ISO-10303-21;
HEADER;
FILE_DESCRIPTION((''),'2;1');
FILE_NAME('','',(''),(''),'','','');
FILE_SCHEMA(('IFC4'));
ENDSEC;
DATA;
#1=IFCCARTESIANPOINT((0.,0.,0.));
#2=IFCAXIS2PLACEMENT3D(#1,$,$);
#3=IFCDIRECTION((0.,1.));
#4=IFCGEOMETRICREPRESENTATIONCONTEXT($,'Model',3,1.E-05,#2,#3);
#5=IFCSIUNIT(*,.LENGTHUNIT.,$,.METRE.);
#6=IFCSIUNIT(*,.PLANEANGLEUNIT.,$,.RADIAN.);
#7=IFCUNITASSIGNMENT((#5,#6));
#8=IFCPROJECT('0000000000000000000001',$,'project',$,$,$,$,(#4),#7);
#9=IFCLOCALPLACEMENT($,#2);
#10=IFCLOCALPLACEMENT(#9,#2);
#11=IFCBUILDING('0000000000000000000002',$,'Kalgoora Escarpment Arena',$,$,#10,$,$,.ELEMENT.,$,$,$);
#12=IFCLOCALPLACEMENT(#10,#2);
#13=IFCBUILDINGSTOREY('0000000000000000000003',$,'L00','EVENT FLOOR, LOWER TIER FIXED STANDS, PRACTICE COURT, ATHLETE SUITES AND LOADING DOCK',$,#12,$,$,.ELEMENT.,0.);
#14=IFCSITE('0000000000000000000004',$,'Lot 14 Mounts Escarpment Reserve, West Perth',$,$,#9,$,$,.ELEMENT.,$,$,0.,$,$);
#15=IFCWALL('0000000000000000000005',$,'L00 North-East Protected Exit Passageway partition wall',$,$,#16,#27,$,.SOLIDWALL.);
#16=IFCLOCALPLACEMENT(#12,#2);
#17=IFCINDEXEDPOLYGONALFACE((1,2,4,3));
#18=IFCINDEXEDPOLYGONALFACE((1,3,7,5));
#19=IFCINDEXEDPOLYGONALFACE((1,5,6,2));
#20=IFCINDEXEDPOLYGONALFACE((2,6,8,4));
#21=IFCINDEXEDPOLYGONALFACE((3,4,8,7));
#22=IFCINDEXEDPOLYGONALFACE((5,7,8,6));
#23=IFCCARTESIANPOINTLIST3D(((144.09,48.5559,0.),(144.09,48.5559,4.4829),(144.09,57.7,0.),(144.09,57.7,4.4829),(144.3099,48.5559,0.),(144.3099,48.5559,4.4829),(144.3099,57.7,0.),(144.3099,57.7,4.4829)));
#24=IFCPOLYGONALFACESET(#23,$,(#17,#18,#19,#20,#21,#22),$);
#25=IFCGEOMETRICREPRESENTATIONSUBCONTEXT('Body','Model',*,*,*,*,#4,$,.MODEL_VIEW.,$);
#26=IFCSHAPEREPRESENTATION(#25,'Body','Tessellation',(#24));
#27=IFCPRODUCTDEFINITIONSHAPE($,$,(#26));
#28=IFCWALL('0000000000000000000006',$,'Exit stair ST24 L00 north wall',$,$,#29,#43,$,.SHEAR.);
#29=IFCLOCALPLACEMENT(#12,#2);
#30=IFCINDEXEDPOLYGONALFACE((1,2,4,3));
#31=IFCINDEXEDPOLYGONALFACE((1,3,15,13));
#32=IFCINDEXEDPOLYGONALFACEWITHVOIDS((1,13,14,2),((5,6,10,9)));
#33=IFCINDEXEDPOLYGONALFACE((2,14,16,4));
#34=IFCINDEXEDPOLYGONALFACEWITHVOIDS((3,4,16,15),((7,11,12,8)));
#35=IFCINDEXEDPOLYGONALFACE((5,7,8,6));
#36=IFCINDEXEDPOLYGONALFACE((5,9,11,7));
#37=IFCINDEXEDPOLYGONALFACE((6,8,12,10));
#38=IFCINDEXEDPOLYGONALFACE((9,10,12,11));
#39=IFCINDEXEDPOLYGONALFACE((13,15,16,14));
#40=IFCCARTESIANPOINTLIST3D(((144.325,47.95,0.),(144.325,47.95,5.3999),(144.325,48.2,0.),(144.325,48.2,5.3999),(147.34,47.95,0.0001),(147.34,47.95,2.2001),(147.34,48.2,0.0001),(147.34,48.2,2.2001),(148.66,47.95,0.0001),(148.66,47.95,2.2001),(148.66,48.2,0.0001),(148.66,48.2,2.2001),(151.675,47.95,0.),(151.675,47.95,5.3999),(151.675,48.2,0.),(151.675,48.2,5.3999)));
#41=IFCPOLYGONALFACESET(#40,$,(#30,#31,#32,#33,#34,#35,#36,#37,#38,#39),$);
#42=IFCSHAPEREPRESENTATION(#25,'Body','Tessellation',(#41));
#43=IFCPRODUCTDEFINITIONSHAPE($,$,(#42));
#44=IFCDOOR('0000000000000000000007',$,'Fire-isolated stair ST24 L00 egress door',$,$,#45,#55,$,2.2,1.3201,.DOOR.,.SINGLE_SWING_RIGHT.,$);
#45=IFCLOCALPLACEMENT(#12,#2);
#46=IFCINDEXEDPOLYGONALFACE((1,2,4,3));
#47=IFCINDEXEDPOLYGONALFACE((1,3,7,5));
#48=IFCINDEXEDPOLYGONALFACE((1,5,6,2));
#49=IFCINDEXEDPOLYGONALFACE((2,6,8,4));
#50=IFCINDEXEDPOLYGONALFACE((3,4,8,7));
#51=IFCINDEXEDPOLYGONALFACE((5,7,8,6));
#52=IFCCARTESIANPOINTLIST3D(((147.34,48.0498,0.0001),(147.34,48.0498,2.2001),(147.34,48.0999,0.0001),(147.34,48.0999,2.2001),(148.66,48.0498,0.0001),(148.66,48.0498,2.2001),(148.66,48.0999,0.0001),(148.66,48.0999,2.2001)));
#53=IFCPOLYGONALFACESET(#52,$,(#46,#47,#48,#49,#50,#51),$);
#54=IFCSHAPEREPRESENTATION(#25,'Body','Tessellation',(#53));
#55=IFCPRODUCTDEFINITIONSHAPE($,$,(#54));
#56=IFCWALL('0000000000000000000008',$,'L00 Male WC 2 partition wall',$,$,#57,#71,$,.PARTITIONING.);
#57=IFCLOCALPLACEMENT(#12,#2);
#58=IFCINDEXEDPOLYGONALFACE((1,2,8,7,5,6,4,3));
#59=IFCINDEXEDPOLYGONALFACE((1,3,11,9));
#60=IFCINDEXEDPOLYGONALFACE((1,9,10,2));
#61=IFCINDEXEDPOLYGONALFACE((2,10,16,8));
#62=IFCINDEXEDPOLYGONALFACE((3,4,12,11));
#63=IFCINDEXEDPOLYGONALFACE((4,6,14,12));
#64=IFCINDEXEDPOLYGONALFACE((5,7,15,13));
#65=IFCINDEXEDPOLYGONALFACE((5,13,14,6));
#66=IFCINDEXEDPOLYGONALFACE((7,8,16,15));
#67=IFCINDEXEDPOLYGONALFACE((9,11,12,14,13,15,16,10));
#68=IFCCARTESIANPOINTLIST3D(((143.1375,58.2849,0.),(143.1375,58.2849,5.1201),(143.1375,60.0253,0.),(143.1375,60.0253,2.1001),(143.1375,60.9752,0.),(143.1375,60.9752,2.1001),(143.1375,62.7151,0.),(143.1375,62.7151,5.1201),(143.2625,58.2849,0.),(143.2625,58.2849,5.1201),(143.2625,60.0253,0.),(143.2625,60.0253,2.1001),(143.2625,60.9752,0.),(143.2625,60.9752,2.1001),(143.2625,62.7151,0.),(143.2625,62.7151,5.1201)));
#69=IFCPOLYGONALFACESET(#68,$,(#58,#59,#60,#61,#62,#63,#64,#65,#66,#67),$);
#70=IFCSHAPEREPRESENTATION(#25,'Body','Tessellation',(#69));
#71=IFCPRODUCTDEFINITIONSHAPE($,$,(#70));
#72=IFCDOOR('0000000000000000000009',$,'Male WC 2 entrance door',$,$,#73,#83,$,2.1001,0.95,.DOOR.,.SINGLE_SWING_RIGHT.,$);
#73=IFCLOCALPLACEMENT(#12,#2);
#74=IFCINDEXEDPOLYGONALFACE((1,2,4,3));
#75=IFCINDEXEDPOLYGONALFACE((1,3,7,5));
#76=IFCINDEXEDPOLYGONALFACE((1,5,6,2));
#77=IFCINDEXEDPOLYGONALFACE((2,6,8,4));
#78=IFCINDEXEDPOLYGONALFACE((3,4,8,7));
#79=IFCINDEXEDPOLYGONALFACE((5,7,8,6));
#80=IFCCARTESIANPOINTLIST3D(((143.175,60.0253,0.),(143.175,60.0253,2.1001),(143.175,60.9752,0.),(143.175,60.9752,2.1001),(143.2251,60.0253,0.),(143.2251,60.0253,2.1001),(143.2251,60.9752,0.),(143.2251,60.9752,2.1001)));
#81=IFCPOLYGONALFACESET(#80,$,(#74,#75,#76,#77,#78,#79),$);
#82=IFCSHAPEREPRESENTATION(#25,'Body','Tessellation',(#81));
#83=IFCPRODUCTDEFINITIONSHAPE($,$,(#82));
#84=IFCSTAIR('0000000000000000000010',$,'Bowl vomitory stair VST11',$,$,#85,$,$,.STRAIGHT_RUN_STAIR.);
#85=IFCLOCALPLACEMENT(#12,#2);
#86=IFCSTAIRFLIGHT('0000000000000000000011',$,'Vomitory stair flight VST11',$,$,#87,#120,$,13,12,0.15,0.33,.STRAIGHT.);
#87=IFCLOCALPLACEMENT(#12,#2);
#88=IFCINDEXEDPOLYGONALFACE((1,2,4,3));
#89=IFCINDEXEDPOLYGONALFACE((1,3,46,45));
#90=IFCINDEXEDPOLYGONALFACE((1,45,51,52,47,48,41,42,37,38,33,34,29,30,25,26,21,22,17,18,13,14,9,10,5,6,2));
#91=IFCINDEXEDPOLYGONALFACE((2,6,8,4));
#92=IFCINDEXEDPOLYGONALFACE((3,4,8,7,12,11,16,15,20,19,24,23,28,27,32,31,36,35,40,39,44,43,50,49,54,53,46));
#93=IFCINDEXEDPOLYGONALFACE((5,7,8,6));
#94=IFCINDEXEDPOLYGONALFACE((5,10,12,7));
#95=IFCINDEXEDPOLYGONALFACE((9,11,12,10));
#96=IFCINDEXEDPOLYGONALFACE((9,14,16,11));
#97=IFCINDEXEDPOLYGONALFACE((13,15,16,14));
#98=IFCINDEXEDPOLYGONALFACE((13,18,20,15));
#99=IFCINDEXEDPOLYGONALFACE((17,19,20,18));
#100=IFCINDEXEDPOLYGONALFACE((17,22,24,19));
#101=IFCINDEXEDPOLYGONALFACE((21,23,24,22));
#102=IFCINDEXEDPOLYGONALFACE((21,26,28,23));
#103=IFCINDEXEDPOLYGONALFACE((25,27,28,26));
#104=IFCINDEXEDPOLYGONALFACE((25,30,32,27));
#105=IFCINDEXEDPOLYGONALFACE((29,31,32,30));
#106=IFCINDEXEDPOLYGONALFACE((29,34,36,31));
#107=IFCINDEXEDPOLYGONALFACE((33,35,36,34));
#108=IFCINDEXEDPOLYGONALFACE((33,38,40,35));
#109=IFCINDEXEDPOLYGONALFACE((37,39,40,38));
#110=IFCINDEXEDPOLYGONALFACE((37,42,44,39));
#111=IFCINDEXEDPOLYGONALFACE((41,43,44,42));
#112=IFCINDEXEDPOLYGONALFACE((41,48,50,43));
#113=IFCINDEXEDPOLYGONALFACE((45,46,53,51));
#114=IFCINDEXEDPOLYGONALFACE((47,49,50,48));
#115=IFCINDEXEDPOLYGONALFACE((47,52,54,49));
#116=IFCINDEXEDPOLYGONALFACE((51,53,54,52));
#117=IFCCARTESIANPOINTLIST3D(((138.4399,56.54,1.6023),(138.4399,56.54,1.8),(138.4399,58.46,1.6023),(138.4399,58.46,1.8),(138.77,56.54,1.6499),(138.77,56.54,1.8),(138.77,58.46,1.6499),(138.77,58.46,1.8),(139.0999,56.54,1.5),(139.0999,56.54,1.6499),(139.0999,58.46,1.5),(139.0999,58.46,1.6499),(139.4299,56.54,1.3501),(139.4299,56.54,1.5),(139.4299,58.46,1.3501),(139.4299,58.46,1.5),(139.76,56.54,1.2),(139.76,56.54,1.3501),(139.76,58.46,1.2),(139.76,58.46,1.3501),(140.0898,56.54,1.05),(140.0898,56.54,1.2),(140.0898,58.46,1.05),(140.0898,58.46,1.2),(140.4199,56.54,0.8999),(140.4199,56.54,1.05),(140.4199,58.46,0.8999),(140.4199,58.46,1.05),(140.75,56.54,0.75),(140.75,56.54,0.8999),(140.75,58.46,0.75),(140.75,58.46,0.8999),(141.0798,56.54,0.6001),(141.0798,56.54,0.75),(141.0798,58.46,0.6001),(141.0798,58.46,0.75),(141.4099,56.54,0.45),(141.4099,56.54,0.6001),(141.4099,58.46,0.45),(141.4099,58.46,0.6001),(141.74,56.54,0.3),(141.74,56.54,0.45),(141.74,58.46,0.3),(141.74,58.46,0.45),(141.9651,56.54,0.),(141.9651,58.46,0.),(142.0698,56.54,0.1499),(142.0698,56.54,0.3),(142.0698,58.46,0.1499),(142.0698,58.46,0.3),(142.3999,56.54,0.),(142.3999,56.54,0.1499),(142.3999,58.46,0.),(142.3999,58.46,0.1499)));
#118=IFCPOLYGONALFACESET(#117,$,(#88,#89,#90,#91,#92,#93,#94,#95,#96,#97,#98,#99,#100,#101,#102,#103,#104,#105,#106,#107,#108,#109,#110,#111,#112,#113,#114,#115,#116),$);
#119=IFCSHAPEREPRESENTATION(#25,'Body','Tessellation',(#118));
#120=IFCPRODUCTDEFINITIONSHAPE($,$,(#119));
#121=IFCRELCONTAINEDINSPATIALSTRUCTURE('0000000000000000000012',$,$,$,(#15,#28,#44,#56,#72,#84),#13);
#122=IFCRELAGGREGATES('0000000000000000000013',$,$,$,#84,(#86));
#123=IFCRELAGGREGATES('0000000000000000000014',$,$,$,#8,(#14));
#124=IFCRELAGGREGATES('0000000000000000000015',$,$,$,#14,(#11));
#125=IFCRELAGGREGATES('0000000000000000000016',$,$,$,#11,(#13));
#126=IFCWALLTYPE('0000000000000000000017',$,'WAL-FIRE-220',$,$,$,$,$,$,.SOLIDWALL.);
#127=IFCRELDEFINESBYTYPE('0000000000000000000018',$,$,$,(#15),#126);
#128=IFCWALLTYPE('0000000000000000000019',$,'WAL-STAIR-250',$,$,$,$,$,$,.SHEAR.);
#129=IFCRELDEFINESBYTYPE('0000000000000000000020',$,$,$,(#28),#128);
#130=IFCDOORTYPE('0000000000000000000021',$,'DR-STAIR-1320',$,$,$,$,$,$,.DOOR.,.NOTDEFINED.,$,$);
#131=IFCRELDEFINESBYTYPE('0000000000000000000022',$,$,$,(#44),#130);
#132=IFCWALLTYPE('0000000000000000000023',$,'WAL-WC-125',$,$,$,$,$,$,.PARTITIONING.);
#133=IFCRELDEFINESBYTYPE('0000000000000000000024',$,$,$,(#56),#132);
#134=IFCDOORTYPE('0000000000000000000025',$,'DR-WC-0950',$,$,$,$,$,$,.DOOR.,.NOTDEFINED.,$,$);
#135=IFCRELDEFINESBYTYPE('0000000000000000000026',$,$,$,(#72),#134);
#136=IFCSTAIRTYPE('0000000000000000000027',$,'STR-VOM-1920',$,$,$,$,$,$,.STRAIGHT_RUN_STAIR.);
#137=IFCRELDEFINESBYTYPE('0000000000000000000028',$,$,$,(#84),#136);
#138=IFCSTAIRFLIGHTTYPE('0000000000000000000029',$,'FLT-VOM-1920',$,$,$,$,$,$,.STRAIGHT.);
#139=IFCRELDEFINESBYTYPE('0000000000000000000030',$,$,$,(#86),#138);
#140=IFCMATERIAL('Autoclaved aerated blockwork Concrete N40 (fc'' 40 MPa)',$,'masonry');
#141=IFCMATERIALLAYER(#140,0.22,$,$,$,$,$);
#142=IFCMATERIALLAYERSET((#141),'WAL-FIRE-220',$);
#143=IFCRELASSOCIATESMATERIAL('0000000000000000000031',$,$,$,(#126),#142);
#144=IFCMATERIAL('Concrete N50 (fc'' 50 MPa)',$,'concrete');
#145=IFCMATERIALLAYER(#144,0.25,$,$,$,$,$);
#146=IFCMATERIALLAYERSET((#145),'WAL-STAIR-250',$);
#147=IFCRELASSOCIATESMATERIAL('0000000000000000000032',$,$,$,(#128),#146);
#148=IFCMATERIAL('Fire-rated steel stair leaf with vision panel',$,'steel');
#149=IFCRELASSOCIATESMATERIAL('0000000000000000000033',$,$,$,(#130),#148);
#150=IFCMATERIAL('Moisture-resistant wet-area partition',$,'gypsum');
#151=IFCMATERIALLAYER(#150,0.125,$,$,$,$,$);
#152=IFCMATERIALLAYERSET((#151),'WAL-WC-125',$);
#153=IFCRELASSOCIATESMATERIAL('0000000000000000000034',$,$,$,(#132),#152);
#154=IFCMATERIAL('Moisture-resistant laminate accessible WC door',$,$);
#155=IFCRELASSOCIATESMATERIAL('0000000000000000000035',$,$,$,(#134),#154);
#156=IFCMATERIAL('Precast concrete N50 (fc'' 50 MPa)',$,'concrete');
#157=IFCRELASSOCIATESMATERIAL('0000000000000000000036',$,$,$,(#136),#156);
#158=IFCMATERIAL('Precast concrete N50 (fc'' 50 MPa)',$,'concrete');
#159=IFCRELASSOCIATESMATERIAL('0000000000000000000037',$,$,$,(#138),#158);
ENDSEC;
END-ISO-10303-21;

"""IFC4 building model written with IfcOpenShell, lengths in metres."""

from ifc_helpers import new_model, si_unit, direction, frame, frame_2d, origin, place, context, subcontext, project, spatial, polyline, rectangle, outline, extrude, material, layer, layer_set, type_object, element, fill, aggregate, save


model = new_model("IFC4")

# Units and contexts
model_context = context("Model", 3, precision=1e-05, world=origin(), true_north=direction((0.0, 1.0)))
body_context = subcontext(model_context, "Body", "Model", "MODEL_VIEW")
ifc_project = project(units=[si_unit("LENGTHUNIT", "METRE"), si_unit("PLANEANGLEUNIT", "RADIAN")], contexts=[model_context])

# Site, building, storey
site_placement = place(None, origin())
site = spatial("IfcSite", under=ifc_project, at=site_placement, Name="Lot 14 Mounts Escarpment Reserve, West Perth", CompositionType="ELEMENT", RefElevation=0.0)
building_placement = place(site_placement, origin())
building = spatial("IfcBuilding", under=site, at=building_placement, Name="Kalgoora Escarpment Arena", CompositionType="ELEMENT")
storey_placement = place(building_placement, origin())
storey = spatial("IfcBuildingStorey", under=building, at=storey_placement, Name="L00", Description="EVENT FLOOR, LOWER TIER FIXED STANDS, PRACTICE COURT, ATHLETE SUITES AND LOADING DOCK", CompositionType="ELEMENT", Elevation=0.0)

# Wall
ifc_material_1 = material(Name="Autoclaved aerated blockwork Concrete N40 (fc' 40 MPa)", Category="masonry")
ifc_layer_1 = layer(ifc_material_1, 0.22)
ifc_layer_set_1 = layer_set([ifc_layer_1], Name="WAL-FIRE-220")
wall_type_1 = type_object("IfcWallType", Name="WAL-FIRE-220", PredefinedType="SOLIDWALL", material=ifc_layer_set_1)
wall_1_placement = place(storey_placement, frame((144.2, 48.5559, 0.0), z_axis=(0.0, 0.0, 1.0), x_axis=(0.0, 1.0, 0.0)))
element("IfcWall", 1, at=wall_1_placement, inside=storey, type_object=wall_type_1, Name="L00 North-East Protected Exit Passageway partition wall", PredefinedType="SOLIDWALL", context=body_context, shape_type="SweptSolid", body=[
    extrude(rectangle(XDim=9.144, YDim=0.22, at=frame_2d((4.572, 0.0))), origin(), (0.0, 0.0, 1.0), 4.4829),
])

# Walls, openings, doors
ifc_material_2 = material(Name="Concrete N50 (fc' 50 MPa)", Category="concrete")
ifc_layer_2 = layer(ifc_material_2, 0.25)
ifc_layer_set_2 = layer_set([ifc_layer_2], Name="WAL-STAIR-250")
wall_type_2 = type_object("IfcWallType", Name="WAL-STAIR-250", PredefinedType="SHEAR", material=ifc_layer_set_2)
wall_2_placement = place(storey_placement, frame((144.325, 48.075, 0.0), z_axis=(0.0, 0.0, 1.0), x_axis=(1.0, 0.0, 0.0)))
wall_2 = element("IfcWall", 2, at=wall_2_placement, inside=storey, type_object=wall_type_2, Name="Exit stair ST24 L00 north wall", PredefinedType="SHEAR", context=body_context, shape_type="SweptSolid", body=[
    extrude(rectangle(XDim=7.3501, YDim=0.25, at=frame_2d((3.675, 0.0))), origin(), (0.0, 0.0, 1.0), 5.3999),
])
opening_1_placement = place(wall_2_placement, frame((3.0149, 0.0, 0.0)))
opening_1 = element("IfcOpeningElement", 3, at=opening_1_placement, cuts=wall_2, PredefinedType="OPENING", context=body_context, shape_type="SweptSolid", body=[
    extrude(rectangle(XDim=1.3201, YDim=2.2, at=frame_2d((0.6602, 1.1001))), frame((0.0, 0.135, 0.0), z_axis=(0.0, -1.0, 0.0), x_axis=(1.0, 0.0, 0.0)), (0.0, 0.0, 1.0), 0.27),
])
ifc_material_3 = material(Name="Fire-rated steel stair leaf with vision panel", Category="steel")
door_type_1 = type_object("IfcDoorType", Name="DR-STAIR-1320", OperationType="NOTDEFINED", PredefinedType="DOOR", material=ifc_material_3)
door_1_placement = place(opening_1_placement, origin())
door_1 = element("IfcDoor", 4, at=door_1_placement, inside=storey, type_object=door_type_1, Name="Fire-isolated stair ST24 L00 egress door", OperationType="SINGLE_SWING_RIGHT", OverallHeight=2.2, OverallWidth=1.3201, PredefinedType="DOOR", context=body_context, shape_type="SweptSolid", body=[
    extrude(rectangle(XDim=1.3201, YDim=2.2, at=frame_2d((0.6602, 1.1001))), frame((0.0, 0.0249, 0.0), z_axis=(0.0, -1.0, 0.0), x_axis=(1.0, 0.0, 0.0)), (0.0, 0.0, 1.0), 0.05),
])
fill(opening_1, door_1)
ifc_material_4 = material(Name="Moisture-resistant wet-area partition", Category="gypsum")
ifc_layer_3 = layer(ifc_material_4, 0.125)
ifc_layer_set_3 = layer_set([ifc_layer_3], Name="WAL-WC-125")
wall_type_3 = type_object("IfcWallType", Name="WAL-WC-125", PredefinedType="PARTITIONING", material=ifc_layer_set_3)
wall_3_placement = place(storey_placement, frame((143.2, 58.2849, 0.0), z_axis=(0.0, 0.0, 1.0), x_axis=(0.0, 1.0, 0.0)))
wall_3 = element("IfcWall", 5, at=wall_3_placement, inside=storey, type_object=wall_type_3, Name="L00 Male WC 2 partition wall", PredefinedType="PARTITIONING", context=body_context, shape_type="SweptSolid", body=[
    extrude(rectangle(XDim=4.4302, YDim=0.125, at=frame_2d((2.2151, 0.0))), origin(), (0.0, 0.0, 1.0), 5.1201),
])
opening_2_placement = place(wall_3_placement, frame((1.7402, 0.0, 0.0)))
opening_2 = element("IfcOpeningElement", 6, at=opening_2_placement, cuts=wall_3, PredefinedType="OPENING", context=body_context, shape_type="SweptSolid", body=[
    extrude(rectangle(XDim=0.95, YDim=2.1001, at=frame_2d((0.4751, 1.05))), frame((0.0, 0.0725, 0.0), z_axis=(0.0, -1.0, 0.0), x_axis=(1.0, 0.0, 0.0)), (0.0, 0.0, 1.0), 0.145),
])
ifc_material_5 = material(Name="Moisture-resistant laminate accessible WC door")
door_type_2 = type_object("IfcDoorType", Name="DR-WC-0950", OperationType="NOTDEFINED", PredefinedType="DOOR", material=ifc_material_5)
door_2_placement = place(opening_2_placement, origin())
door_2 = element("IfcDoor", 7, at=door_2_placement, inside=storey, type_object=door_type_2, Name="Male WC 2 entrance door", OperationType="SINGLE_SWING_RIGHT", OverallHeight=2.1001, OverallWidth=0.95, PredefinedType="DOOR", context=body_context, shape_type="SweptSolid", body=[
    extrude(rectangle(XDim=0.95, YDim=2.1001, at=frame_2d((0.4751, 1.05))), frame((0.0, 0.0249, 0.0), z_axis=(0.0, -1.0, 0.0), x_axis=(1.0, 0.0, 0.0)), (0.0, 0.0, 1.0), 0.05),
])
fill(opening_2, door_2)

# Stair, stair flight
ifc_material_6 = material(Name="Precast concrete N50 (fc' 50 MPa)", Category="concrete")
stair_type = type_object("IfcStairType", Name="STR-VOM-1920", PredefinedType="STRAIGHT_RUN_STAIR", material=ifc_material_6)
stair_placement = place(storey_placement, origin())
stair = element("IfcStair", 8, at=stair_placement, inside=storey, type_object=stair_type, Name="Bowl vomitory stair VST11", PredefinedType="STRAIGHT_RUN_STAIR")
ifc_material_7 = material(Name="Precast concrete N50 (fc' 50 MPa)", Category="concrete")
stair_flight_type = type_object("IfcStairFlightType", Name="FLT-VOM-1920", PredefinedType="STRAIGHT", material=ifc_material_7)
stair_flight_placement = place(storey_placement, frame((142.3999, 57.5, 0.0), z_axis=(0.0, 0.0, 1.0), x_axis=(-1.0, 0.0, 0.0)))
stair_flight = element("IfcStairFlight", 9, at=stair_flight_placement, type_object=stair_flight_type, Name="Vomitory stair flight VST11", NumberOfRisers=13, NumberOfTreads=12, PredefinedType="STRAIGHT", RiserHeight=0.15, TreadLength=0.33, context=body_context, shape_type="SweptSolid", body=[
    extrude(outline(polyline([(0.0, 0.0), (0.0, 0.1499), (0.3301, 0.1499), (0.3301, 0.3), (0.6599, 0.3), (0.6599, 0.45), (0.99, 0.45), (0.99, 0.6001), (1.3201, 0.6001), (1.3201, 0.75), (1.6499, 0.75), (1.6499, 0.8999), (1.98, 0.8999), (1.98, 1.05), (2.3101, 1.05), (2.3101, 1.2), (2.6399, 1.2), (2.6399, 1.3501), (2.97, 1.3501), (2.97, 1.5), (3.3, 1.5), (3.3, 1.6499), (3.6299, 1.6499), (3.6299, 1.8), (3.96, 1.8), (3.96, 1.95), (3.96, 1.6023), (0.4348, 0.0), (0.0, 0.0)])), frame((0.0, 0.96, 0.0), z_axis=(0.0, -1.0, 0.0), x_axis=(1.0, 0.0, 0.0)), (0.0, 0.0, 1.0), 1.9199),
])
aggregate(stair, [stair_flight])

save(model, "model.ifc")
